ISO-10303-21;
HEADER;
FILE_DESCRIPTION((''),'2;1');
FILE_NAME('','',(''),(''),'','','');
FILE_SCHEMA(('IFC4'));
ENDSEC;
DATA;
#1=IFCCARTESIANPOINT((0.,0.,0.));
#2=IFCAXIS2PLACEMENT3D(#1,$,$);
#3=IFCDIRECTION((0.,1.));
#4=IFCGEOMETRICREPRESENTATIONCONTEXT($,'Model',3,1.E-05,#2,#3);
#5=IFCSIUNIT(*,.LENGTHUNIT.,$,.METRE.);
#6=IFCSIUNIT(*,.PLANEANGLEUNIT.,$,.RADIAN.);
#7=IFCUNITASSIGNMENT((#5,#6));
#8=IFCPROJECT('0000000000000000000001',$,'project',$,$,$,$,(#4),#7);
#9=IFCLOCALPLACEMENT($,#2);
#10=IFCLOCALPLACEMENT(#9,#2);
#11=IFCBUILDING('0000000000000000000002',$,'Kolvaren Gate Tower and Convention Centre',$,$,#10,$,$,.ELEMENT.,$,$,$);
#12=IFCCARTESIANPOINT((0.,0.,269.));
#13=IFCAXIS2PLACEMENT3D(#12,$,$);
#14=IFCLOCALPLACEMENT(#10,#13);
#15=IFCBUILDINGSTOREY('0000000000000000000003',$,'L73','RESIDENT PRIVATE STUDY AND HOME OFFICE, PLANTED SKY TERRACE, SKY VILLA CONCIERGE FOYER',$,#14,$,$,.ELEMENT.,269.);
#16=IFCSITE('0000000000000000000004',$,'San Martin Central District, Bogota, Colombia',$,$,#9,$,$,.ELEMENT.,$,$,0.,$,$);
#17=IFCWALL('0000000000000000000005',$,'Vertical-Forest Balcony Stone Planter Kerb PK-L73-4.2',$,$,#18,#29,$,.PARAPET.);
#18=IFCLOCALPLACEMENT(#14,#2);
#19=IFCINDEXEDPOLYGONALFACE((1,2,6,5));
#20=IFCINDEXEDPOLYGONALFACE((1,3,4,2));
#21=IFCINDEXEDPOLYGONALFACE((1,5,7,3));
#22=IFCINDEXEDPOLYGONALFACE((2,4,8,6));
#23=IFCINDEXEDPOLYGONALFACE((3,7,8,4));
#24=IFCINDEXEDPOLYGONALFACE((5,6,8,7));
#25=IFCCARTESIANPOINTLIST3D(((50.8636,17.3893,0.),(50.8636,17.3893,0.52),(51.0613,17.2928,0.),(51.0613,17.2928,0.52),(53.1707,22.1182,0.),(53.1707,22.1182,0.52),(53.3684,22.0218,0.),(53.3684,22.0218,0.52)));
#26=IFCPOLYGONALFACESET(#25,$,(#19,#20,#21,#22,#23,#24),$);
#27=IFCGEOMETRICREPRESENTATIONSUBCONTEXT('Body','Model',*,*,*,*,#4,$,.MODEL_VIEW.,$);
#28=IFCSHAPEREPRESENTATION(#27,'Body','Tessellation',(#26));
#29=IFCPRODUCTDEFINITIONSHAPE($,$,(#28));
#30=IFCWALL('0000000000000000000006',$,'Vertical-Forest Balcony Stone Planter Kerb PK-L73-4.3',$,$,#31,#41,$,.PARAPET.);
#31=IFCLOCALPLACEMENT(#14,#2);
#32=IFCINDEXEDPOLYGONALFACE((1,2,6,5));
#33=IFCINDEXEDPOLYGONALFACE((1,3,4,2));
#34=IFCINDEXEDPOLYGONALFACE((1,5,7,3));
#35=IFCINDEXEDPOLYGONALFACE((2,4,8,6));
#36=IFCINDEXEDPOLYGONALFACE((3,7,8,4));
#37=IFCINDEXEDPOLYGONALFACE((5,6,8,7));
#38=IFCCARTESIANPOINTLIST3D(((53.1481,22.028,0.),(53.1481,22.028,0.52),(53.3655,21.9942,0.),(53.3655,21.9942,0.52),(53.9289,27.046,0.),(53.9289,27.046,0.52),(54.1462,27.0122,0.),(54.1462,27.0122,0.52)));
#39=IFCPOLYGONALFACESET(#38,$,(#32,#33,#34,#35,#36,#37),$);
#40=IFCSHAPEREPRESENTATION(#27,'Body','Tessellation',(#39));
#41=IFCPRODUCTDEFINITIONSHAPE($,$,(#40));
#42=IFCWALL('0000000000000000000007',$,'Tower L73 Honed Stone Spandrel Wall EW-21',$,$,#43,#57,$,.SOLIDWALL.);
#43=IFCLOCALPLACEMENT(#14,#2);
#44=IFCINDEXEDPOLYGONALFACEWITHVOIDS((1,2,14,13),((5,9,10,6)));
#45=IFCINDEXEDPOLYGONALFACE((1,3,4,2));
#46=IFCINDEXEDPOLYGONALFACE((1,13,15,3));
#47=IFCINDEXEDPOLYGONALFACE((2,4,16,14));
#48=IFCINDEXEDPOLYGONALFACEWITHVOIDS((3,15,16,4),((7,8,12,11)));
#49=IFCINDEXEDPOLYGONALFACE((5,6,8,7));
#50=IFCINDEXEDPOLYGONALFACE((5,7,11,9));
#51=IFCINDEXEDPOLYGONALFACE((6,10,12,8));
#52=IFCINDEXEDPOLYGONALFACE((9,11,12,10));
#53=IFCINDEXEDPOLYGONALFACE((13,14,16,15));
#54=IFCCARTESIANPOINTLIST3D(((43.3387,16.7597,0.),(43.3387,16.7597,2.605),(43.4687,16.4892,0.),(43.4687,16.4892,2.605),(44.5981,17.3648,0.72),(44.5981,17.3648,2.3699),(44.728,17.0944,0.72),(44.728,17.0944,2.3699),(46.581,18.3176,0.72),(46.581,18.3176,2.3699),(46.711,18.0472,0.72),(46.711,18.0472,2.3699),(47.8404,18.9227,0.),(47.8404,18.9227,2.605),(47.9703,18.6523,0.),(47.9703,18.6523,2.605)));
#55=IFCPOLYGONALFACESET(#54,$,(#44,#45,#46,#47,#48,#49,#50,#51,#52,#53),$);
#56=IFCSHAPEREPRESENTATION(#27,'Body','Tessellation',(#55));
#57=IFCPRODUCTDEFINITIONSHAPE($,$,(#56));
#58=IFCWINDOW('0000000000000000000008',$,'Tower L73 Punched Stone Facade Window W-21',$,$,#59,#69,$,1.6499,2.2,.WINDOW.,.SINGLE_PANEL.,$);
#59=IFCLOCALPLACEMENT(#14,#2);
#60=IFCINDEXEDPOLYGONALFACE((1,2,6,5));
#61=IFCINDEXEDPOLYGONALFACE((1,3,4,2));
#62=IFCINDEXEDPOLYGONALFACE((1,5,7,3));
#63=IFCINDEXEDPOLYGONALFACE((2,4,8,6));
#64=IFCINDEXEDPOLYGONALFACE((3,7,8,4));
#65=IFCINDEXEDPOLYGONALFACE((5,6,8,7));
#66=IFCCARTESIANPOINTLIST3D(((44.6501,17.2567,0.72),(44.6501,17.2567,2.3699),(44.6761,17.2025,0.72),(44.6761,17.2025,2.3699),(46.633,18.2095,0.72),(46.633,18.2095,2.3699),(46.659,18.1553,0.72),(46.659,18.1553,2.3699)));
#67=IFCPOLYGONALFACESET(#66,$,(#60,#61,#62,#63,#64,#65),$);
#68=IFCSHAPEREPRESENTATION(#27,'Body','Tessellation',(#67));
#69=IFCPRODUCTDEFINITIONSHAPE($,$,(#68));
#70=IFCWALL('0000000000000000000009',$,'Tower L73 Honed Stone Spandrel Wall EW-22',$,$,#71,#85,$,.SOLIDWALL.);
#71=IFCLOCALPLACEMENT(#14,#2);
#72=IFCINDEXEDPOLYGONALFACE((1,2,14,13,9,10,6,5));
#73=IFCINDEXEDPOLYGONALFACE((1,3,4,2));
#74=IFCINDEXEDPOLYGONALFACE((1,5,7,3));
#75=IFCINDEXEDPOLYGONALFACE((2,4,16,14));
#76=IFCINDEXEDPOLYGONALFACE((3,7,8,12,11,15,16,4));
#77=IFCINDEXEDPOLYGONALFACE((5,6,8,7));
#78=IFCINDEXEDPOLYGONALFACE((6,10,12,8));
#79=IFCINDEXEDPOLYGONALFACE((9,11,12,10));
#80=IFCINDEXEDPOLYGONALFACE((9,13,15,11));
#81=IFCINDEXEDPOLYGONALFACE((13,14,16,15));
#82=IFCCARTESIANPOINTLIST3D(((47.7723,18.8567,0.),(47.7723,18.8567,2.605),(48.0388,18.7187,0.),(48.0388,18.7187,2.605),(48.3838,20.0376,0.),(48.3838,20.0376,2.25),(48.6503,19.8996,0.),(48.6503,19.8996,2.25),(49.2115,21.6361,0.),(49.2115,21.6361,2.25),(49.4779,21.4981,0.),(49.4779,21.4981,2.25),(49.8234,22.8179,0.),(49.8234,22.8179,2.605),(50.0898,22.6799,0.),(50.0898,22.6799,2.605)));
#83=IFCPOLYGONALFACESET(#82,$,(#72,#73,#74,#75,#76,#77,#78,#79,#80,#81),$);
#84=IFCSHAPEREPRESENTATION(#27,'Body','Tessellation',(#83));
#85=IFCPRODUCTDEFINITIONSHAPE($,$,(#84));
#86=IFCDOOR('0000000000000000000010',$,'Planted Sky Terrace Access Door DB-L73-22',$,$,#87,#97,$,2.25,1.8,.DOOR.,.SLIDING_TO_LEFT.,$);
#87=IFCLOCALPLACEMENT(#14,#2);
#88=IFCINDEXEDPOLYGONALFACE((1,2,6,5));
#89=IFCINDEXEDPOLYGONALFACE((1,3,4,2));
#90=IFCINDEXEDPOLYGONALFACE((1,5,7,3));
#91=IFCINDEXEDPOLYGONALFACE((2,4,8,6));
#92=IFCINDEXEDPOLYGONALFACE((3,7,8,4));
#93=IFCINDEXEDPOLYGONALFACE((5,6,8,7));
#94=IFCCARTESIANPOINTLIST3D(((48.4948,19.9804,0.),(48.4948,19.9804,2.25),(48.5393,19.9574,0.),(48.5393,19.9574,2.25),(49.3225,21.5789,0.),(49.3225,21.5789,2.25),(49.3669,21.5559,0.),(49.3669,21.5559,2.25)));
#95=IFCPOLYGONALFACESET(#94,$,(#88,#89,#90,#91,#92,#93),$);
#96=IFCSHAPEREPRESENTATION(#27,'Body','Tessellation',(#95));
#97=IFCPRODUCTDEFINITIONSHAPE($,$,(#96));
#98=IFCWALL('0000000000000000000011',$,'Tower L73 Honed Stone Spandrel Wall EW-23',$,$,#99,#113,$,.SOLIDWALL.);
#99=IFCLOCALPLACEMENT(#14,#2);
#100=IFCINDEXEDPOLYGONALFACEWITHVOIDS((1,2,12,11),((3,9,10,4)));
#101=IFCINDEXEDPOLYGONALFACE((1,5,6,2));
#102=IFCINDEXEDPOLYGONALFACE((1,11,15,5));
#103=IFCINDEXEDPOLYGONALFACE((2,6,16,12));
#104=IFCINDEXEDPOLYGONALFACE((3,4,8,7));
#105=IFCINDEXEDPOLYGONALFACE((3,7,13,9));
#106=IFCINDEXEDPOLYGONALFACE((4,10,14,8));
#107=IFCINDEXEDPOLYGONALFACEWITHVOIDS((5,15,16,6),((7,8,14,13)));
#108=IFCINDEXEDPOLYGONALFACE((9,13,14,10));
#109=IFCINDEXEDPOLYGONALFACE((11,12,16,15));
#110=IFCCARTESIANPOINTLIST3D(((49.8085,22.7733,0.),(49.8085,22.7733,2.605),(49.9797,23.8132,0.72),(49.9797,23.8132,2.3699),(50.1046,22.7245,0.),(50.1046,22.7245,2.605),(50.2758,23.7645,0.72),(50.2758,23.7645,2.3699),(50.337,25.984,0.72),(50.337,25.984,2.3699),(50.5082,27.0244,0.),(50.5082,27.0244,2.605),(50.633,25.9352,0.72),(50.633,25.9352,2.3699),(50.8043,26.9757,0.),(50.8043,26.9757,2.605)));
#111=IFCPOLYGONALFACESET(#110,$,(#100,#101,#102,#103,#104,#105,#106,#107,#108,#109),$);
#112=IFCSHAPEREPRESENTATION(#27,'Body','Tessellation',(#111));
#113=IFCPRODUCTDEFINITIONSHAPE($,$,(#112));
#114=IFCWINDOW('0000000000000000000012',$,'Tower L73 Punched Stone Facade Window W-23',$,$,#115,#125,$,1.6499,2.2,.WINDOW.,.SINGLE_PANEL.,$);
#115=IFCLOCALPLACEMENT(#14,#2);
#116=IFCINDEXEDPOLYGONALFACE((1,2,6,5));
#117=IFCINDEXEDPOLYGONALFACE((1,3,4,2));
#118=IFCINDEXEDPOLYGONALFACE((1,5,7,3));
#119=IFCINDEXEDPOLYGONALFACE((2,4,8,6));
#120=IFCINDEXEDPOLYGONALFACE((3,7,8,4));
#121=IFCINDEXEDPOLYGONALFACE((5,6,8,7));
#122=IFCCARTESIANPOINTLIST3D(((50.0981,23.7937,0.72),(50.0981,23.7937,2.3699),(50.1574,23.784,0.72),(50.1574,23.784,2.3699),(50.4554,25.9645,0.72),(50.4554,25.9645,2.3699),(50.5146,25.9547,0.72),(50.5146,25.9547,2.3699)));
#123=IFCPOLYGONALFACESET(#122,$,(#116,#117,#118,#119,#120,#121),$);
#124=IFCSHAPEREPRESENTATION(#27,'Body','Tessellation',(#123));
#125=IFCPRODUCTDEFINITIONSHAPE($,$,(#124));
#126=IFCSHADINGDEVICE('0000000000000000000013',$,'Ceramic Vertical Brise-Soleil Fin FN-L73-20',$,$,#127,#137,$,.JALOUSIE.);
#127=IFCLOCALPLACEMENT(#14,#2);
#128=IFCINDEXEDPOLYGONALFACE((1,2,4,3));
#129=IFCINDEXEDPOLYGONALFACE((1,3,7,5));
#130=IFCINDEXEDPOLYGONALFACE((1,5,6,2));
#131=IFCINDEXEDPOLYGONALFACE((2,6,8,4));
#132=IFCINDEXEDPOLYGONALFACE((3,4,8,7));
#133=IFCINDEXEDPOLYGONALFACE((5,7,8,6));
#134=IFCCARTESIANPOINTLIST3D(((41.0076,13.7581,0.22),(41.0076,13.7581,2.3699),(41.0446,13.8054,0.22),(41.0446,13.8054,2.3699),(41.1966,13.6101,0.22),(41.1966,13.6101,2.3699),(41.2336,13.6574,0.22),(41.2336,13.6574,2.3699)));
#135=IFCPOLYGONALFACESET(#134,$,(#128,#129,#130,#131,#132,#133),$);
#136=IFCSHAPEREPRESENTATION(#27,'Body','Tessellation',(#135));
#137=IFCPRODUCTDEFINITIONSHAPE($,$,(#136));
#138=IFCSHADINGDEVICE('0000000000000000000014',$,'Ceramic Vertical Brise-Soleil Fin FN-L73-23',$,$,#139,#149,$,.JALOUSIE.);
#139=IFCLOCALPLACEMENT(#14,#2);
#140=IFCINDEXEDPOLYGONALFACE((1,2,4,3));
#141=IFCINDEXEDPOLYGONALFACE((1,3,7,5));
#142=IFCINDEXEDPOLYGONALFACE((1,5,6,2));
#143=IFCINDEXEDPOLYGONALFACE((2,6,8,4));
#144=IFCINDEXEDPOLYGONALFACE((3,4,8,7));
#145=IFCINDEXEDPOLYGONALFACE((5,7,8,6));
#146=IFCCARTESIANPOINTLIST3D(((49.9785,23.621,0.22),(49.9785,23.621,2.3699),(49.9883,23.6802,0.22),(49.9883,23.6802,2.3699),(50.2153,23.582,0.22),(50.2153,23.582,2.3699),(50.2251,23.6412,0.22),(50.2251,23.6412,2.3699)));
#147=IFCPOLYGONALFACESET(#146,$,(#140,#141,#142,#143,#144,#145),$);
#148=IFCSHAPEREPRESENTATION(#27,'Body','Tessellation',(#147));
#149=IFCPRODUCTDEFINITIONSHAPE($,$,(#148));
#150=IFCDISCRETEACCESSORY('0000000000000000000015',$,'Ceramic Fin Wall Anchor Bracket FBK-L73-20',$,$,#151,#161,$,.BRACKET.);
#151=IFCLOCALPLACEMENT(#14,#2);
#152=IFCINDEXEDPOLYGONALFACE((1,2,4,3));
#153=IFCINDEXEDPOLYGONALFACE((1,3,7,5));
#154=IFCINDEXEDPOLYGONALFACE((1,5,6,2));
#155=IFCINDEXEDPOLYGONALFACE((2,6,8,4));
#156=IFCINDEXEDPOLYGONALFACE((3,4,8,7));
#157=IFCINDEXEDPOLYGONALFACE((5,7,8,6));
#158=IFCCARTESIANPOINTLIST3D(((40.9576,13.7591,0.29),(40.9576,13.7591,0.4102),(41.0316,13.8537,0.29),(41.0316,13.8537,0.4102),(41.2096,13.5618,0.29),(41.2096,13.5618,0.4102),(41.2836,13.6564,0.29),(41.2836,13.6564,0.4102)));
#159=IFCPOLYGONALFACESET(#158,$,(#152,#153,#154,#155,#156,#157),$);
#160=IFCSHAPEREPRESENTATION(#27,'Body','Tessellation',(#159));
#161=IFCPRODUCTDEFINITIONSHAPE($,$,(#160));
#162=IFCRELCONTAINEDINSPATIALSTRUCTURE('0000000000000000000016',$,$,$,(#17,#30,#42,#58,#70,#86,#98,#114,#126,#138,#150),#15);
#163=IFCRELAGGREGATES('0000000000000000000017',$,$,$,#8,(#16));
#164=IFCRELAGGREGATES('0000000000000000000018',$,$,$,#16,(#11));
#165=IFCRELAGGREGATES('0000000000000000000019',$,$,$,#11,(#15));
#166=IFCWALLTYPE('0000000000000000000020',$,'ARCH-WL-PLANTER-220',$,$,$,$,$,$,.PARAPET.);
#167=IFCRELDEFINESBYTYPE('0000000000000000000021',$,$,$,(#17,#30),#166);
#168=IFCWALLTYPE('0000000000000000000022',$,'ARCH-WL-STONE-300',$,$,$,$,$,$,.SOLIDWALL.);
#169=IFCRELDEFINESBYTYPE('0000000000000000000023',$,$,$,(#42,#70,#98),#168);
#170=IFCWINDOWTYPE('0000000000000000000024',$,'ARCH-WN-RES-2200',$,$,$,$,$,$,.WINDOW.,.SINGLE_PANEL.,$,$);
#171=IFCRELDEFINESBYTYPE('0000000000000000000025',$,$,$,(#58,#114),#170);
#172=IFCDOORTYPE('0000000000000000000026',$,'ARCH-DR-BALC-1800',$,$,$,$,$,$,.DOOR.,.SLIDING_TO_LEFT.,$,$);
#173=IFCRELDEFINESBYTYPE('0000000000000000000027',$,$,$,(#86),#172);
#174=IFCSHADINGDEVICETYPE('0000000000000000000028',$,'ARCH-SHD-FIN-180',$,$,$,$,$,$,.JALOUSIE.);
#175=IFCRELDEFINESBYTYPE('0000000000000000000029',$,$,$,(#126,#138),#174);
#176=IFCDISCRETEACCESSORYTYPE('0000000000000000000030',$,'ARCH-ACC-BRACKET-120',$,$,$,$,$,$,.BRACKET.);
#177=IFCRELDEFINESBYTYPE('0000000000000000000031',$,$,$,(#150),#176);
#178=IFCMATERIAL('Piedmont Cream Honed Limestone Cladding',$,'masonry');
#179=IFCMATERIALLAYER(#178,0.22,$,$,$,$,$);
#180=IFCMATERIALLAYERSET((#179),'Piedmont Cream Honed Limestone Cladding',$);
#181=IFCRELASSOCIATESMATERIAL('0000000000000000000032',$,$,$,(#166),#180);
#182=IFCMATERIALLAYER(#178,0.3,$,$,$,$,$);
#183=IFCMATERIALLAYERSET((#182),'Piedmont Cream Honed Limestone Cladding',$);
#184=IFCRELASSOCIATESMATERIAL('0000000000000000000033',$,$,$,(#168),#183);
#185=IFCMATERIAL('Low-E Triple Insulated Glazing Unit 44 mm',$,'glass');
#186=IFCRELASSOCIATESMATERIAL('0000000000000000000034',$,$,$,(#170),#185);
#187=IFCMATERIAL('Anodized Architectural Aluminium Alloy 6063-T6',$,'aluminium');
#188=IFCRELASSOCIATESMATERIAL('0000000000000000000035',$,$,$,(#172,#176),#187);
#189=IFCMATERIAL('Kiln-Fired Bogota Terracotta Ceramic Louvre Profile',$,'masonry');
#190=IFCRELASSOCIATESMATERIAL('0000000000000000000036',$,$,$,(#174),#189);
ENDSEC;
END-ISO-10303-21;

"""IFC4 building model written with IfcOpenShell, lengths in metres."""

from ifc_helpers import new_model, si_unit, direction, frame, frame_2d, origin, origin_2d, place, context, subcontext, project, spatial, rectangle, extrude, material, layer, layer_set, type_object, element, fill, save


model = new_model("IFC4")

# Units and contexts
model_context = context("Model", 3, precision=1e-05, world=origin(), true_north=direction((0.0, 1.0)))
body_context = subcontext(model_context, "Body", "Model", "MODEL_VIEW")
ifc_project = project(units=[si_unit("LENGTHUNIT", "METRE"), si_unit("PLANEANGLEUNIT", "RADIAN")], contexts=[model_context])

# Site, building, storey
site_placement = place(None, origin())
site = spatial("IfcSite", under=ifc_project, at=site_placement, Name="San Martin Central District, Bogota, Colombia", CompositionType="ELEMENT", RefElevation=0.0)
building_placement = place(site_placement, origin())
building = spatial("IfcBuilding", under=site, at=building_placement, Name="Kolvaren Gate Tower and Convention Centre", CompositionType="ELEMENT")
storey_placement = place(building_placement, frame((0.0, 0.0, 269.0)))
storey = spatial("IfcBuildingStorey", under=building, at=storey_placement, Name="L73", Description="RESIDENT PRIVATE STUDY AND HOME OFFICE, PLANTED SKY TERRACE, SKY VILLA CONCIERGE FOYER", CompositionType="ELEMENT", Elevation=269.0)

# Walls
ifc_material_1 = material(Name="Piedmont Cream Honed Limestone Cladding", Category="masonry")
ifc_layer_1 = layer(ifc_material_1, 0.22)
ifc_layer_set_1 = layer_set([ifc_layer_1], Name="Piedmont Cream Honed Limestone Cladding")
wall_type_1 = type_object("IfcWallType", Name="ARCH-WL-PLANTER-220", PredefinedType="PARAPET", material=ifc_layer_set_1)
wall_1_placement = place(storey_placement, frame((50.9624, 17.3411, 0.0), z_axis=(0.0, 0.0, 1.0), x_axis=(0.438469, 0.898746, 0.0)))
element("IfcWall", 1, at=wall_1_placement, inside=storey, type_object=wall_type_1, Name="Vertical-Forest Balcony Stone Planter Kerb PK-L73-4.2", PredefinedType="PARAPET", context=body_context, shape_type="SweptSolid", body=[
    extrude(rectangle(XDim=5.2617, YDim=0.22, at=frame_2d((2.6309, 0.0))), origin(), (0.0, 0.0, 1.0), 0.52),
])
wall_2_placement = place(storey_placement, frame((53.2568, 22.0112, 0.0), z_axis=(0.0, 0.0, 1.0), x_axis=(0.15374, 0.988111, 0.0)))
element("IfcWall", 2, at=wall_2_placement, inside=storey, type_object=wall_type_1, Name="Vertical-Forest Balcony Stone Planter Kerb PK-L73-4.3", PredefinedType="PARAPET", context=body_context, shape_type="SweptSolid", body=[
    extrude(rectangle(XDim=5.0784, YDim=0.22, at=frame_2d((2.5391, 0.0))), origin(), (0.0, 0.0, 1.0), 0.52),
])

# Wall, opening, window
ifc_layer_2 = layer(ifc_material_1, 0.3)
ifc_layer_set_2 = layer_set([ifc_layer_2], Name="Piedmont Cream Honed Limestone Cladding")
wall_type_2 = type_object("IfcWallType", Name="ARCH-WL-STONE-300", PredefinedType="SOLIDWALL", material=ifc_layer_set_2)
wall_3_placement = place(storey_placement, frame((43.4038, 16.6245, 0.0), z_axis=(0.0, 0.0, 1.0), x_axis=(0.901346, 0.4331, 0.0)))
wall_3 = element("IfcWall", 3, at=wall_3_placement, inside=storey, type_object=wall_type_2, Name="Tower L73 Honed Stone Spandrel Wall EW-21", PredefinedType="SOLIDWALL", context=body_context, shape_type="SweptSolid", body=[
    extrude(rectangle(XDim=4.9944, YDim=0.3, at=frame_2d((2.4971, 0.0))), origin(), (0.0, 0.0, 1.0), 2.605),
])
opening_1_placement = place(wall_3_placement, frame((1.397, 0.0, 0.72)))
opening_1 = element("IfcOpeningElement", 4, at=opening_1_placement, cuts=wall_3, PredefinedType="OPENING", context=body_context, shape_type="SweptSolid", body=[
    extrude(rectangle(XDim=2.2, YDim=1.6499, at=frame_2d((1.1001, 0.825))), frame((0.0, 0.1599, 0.0), z_axis=(0.0, -1.0, 0.0), x_axis=(1.0, 0.0, 0.0)), (0.0, 0.0, 1.0), 0.3201),
])
ifc_material_2 = material(Name="Low-E Triple Insulated Glazing Unit 44 mm", Category="glass")
window_type = type_object("IfcWindowType", Name="ARCH-WN-RES-2200", PartitioningType="SINGLE_PANEL", PredefinedType="WINDOW", material=ifc_material_2)
window_1_placement = place(opening_1_placement, origin())
window_1 = element("IfcWindow", 5, at=window_1_placement, inside=storey, type_object=window_type, Name="Tower L73 Punched Stone Facade Window W-21", OverallHeight=1.6499, OverallWidth=2.2, PartitioningType="SINGLE_PANEL", PredefinedType="WINDOW", context=body_context, shape_type="SweptSolid", body=[
    extrude(rectangle(XDim=2.2, YDim=1.6499, at=frame_2d((1.1001, 0.825))), frame((0.0, 0.03, 0.0), z_axis=(0.0, -1.0, 0.0), x_axis=(1.0, 0.0, 0.0)), (0.0, 0.0, 1.0), 0.0601),
])
fill(opening_1, window_1)

# Wall, opening, door
wall_4_placement = place(storey_placement, frame((47.9055, 18.7876, 0.0), z_axis=(0.0, 0.0, 1.0), x_axis=(0.459801, 0.888022, 0.0)))
wall_4 = element("IfcWall", 6, at=wall_4_placement, inside=storey, type_object=wall_type_2, Name="Tower L73 Honed Stone Spandrel Wall EW-22", PredefinedType="SOLIDWALL", context=body_context, shape_type="SweptSolid", body=[
    extrude(rectangle(XDim=4.4607, YDim=0.3, at=frame_2d((2.2305, 0.0))), origin(), (0.0, 0.0, 1.0), 2.605),
])
opening_2_placement = place(wall_4_placement, frame((1.3301, 0.0, 0.0)))
opening_2 = element("IfcOpeningElement", 7, at=opening_2_placement, cuts=wall_4, PredefinedType="OPENING", context=body_context, shape_type="SweptSolid", body=[
    extrude(rectangle(XDim=1.8, YDim=2.25, at=frame_2d((0.8999, 1.125))), frame((0.0, 0.1599, 0.0), z_axis=(0.0, -1.0, 0.0), x_axis=(1.0, 0.0, 0.0)), (0.0, 0.0, 1.0), 0.3201),
])
ifc_material_3 = material(Name="Anodized Architectural Aluminium Alloy 6063-T6", Category="aluminium")
door_type_1 = type_object("IfcDoorType", Name="ARCH-DR-BALC-1800", OperationType="SLIDING_TO_LEFT", PredefinedType="DOOR", material=ifc_material_3)
door_1_placement = place(opening_2_placement, frame((1.8, 0.0, 0.0), z_axis=(0.0, 0.0, 1.0), x_axis=(-1.0, 0.0, 0.0)))
door_1 = element("IfcDoor", 8, at=door_1_placement, inside=storey, type_object=door_type_1, Name="Planted Sky Terrace Access Door DB-L73-22", OperationType="SLIDING_TO_LEFT", OverallHeight=2.25, OverallWidth=1.8, PredefinedType="DOOR", context=body_context, shape_type="SweptSolid", body=[
    extrude(rectangle(XDim=1.8, YDim=2.25, at=frame_2d((0.8999, 1.125))), frame((0.0, 0.0249, 0.0), z_axis=(0.0, -1.0, 0.0), x_axis=(1.0, 0.0, 0.0)), (0.0, 0.0, 1.0), 0.05),
])
fill(opening_2, door_1)

# Wall, opening, window
wall_5_placement = place(storey_placement, frame((49.9565, 22.7488, 0.0), z_axis=(0.0, 0.0, 1.0), x_axis=(0.162405, 0.986724, 0.0)))
wall_5 = element("IfcWall", 9, at=wall_5_placement, inside=storey, type_object=wall_type_2, Name="Tower L73 Honed Stone Spandrel Wall EW-23", PredefinedType="SOLIDWALL", context=body_context, shape_type="SweptSolid", body=[
    extrude(rectangle(XDim=4.3083, YDim=0.3, at=frame_2d((2.1543, 0.0))), origin(), (0.0, 0.0, 1.0), 2.605),
])
opening_3_placement = place(wall_5_placement, frame((1.054, 0.0, 0.72)))
opening_3 = element("IfcOpeningElement", 10, at=opening_3_placement, cuts=wall_5, PredefinedType="OPENING", context=body_context, shape_type="SweptSolid", body=[
    extrude(rectangle(XDim=2.2, YDim=1.6499, at=frame_2d((1.1001, 0.825))), frame((0.0, 0.1599, 0.0), z_axis=(0.0, -1.0, 0.0), x_axis=(1.0, 0.0, 0.0)), (0.0, 0.0, 1.0), 0.3201),
])
window_2_placement = place(opening_3_placement, origin())
window_2 = element("IfcWindow", 11, at=window_2_placement, inside=storey, type_object=window_type, Name="Tower L73 Punched Stone Facade Window W-23", OverallHeight=1.6499, OverallWidth=2.2, PartitioningType="SINGLE_PANEL", PredefinedType="WINDOW", context=body_context, shape_type="SweptSolid", body=[
    extrude(rectangle(XDim=2.2, YDim=1.6499, at=frame_2d((1.1001, 0.825))), frame((0.0, 0.03, 0.0), z_axis=(0.0, -1.0, 0.0), x_axis=(1.0, 0.0, 0.0)), (0.0, 0.0, 1.0), 0.0601),
])
fill(opening_3, window_2)

# Shading devices
ifc_material_4 = material(Name="Kiln-Fired Bogota Terracotta Ceramic Louvre Profile", Category="masonry")
shading_device_type = type_object("IfcShadingDeviceType", Name="ARCH-SHD-FIN-180", PredefinedType="JALOUSIE", material=ifc_material_4)
for number, where, z_axis, x_axis, name in (
    (12, (41.1206, 13.7078, 0.22), (0.0, 0.0, 1.0), (0.61643, 0.78741, 0.0), "Ceramic Vertical Brise-Soleil Fin FN-L73-20"),
    (13, (50.1018, 23.6311, 0.22), (0.0, 0.0, 1.0), (0.162386, 0.986727, 0.0), "Ceramic Vertical Brise-Soleil Fin FN-L73-23"),
):
    element("IfcShadingDevice", number, at=place(storey_placement, frame(where, z_axis=z_axis, x_axis=x_axis)), inside=storey, type_object=shading_device_type, Name=name, PredefinedType="JALOUSIE", context=body_context, shape_type="SweptSolid", body=[
        extrude(rectangle(XDim=0.0601, YDim=0.24, at=origin_2d()), origin(), (0.0, 0.0, 1.0), 2.1499),
    ])

# Discrete accessory
discrete_accessory_type = type_object("IfcDiscreteAccessoryType", Name="ARCH-ACC-BRACKET-120", PredefinedType="BRACKET", material=ifc_material_3)
discrete_accessory_placement = place(storey_placement, frame((41.1206, 13.7078, 0.29), z_axis=(0.0, 0.0, 1.0), x_axis=(0.61643, 0.78741, 0.0)))
element("IfcDiscreteAccessory", 14, at=discrete_accessory_placement, inside=storey, type_object=discrete_accessory_type, Name="Ceramic Fin Wall Anchor Bracket FBK-L73-20", PredefinedType="BRACKET", context=body_context, shape_type="SweptSolid", body=[
    extrude(rectangle(XDim=0.1201, YDim=0.3201, at=origin_2d()), origin(), (0.0, 0.0, 1.0), 0.1201),
])

save(model, "model.ifc")
